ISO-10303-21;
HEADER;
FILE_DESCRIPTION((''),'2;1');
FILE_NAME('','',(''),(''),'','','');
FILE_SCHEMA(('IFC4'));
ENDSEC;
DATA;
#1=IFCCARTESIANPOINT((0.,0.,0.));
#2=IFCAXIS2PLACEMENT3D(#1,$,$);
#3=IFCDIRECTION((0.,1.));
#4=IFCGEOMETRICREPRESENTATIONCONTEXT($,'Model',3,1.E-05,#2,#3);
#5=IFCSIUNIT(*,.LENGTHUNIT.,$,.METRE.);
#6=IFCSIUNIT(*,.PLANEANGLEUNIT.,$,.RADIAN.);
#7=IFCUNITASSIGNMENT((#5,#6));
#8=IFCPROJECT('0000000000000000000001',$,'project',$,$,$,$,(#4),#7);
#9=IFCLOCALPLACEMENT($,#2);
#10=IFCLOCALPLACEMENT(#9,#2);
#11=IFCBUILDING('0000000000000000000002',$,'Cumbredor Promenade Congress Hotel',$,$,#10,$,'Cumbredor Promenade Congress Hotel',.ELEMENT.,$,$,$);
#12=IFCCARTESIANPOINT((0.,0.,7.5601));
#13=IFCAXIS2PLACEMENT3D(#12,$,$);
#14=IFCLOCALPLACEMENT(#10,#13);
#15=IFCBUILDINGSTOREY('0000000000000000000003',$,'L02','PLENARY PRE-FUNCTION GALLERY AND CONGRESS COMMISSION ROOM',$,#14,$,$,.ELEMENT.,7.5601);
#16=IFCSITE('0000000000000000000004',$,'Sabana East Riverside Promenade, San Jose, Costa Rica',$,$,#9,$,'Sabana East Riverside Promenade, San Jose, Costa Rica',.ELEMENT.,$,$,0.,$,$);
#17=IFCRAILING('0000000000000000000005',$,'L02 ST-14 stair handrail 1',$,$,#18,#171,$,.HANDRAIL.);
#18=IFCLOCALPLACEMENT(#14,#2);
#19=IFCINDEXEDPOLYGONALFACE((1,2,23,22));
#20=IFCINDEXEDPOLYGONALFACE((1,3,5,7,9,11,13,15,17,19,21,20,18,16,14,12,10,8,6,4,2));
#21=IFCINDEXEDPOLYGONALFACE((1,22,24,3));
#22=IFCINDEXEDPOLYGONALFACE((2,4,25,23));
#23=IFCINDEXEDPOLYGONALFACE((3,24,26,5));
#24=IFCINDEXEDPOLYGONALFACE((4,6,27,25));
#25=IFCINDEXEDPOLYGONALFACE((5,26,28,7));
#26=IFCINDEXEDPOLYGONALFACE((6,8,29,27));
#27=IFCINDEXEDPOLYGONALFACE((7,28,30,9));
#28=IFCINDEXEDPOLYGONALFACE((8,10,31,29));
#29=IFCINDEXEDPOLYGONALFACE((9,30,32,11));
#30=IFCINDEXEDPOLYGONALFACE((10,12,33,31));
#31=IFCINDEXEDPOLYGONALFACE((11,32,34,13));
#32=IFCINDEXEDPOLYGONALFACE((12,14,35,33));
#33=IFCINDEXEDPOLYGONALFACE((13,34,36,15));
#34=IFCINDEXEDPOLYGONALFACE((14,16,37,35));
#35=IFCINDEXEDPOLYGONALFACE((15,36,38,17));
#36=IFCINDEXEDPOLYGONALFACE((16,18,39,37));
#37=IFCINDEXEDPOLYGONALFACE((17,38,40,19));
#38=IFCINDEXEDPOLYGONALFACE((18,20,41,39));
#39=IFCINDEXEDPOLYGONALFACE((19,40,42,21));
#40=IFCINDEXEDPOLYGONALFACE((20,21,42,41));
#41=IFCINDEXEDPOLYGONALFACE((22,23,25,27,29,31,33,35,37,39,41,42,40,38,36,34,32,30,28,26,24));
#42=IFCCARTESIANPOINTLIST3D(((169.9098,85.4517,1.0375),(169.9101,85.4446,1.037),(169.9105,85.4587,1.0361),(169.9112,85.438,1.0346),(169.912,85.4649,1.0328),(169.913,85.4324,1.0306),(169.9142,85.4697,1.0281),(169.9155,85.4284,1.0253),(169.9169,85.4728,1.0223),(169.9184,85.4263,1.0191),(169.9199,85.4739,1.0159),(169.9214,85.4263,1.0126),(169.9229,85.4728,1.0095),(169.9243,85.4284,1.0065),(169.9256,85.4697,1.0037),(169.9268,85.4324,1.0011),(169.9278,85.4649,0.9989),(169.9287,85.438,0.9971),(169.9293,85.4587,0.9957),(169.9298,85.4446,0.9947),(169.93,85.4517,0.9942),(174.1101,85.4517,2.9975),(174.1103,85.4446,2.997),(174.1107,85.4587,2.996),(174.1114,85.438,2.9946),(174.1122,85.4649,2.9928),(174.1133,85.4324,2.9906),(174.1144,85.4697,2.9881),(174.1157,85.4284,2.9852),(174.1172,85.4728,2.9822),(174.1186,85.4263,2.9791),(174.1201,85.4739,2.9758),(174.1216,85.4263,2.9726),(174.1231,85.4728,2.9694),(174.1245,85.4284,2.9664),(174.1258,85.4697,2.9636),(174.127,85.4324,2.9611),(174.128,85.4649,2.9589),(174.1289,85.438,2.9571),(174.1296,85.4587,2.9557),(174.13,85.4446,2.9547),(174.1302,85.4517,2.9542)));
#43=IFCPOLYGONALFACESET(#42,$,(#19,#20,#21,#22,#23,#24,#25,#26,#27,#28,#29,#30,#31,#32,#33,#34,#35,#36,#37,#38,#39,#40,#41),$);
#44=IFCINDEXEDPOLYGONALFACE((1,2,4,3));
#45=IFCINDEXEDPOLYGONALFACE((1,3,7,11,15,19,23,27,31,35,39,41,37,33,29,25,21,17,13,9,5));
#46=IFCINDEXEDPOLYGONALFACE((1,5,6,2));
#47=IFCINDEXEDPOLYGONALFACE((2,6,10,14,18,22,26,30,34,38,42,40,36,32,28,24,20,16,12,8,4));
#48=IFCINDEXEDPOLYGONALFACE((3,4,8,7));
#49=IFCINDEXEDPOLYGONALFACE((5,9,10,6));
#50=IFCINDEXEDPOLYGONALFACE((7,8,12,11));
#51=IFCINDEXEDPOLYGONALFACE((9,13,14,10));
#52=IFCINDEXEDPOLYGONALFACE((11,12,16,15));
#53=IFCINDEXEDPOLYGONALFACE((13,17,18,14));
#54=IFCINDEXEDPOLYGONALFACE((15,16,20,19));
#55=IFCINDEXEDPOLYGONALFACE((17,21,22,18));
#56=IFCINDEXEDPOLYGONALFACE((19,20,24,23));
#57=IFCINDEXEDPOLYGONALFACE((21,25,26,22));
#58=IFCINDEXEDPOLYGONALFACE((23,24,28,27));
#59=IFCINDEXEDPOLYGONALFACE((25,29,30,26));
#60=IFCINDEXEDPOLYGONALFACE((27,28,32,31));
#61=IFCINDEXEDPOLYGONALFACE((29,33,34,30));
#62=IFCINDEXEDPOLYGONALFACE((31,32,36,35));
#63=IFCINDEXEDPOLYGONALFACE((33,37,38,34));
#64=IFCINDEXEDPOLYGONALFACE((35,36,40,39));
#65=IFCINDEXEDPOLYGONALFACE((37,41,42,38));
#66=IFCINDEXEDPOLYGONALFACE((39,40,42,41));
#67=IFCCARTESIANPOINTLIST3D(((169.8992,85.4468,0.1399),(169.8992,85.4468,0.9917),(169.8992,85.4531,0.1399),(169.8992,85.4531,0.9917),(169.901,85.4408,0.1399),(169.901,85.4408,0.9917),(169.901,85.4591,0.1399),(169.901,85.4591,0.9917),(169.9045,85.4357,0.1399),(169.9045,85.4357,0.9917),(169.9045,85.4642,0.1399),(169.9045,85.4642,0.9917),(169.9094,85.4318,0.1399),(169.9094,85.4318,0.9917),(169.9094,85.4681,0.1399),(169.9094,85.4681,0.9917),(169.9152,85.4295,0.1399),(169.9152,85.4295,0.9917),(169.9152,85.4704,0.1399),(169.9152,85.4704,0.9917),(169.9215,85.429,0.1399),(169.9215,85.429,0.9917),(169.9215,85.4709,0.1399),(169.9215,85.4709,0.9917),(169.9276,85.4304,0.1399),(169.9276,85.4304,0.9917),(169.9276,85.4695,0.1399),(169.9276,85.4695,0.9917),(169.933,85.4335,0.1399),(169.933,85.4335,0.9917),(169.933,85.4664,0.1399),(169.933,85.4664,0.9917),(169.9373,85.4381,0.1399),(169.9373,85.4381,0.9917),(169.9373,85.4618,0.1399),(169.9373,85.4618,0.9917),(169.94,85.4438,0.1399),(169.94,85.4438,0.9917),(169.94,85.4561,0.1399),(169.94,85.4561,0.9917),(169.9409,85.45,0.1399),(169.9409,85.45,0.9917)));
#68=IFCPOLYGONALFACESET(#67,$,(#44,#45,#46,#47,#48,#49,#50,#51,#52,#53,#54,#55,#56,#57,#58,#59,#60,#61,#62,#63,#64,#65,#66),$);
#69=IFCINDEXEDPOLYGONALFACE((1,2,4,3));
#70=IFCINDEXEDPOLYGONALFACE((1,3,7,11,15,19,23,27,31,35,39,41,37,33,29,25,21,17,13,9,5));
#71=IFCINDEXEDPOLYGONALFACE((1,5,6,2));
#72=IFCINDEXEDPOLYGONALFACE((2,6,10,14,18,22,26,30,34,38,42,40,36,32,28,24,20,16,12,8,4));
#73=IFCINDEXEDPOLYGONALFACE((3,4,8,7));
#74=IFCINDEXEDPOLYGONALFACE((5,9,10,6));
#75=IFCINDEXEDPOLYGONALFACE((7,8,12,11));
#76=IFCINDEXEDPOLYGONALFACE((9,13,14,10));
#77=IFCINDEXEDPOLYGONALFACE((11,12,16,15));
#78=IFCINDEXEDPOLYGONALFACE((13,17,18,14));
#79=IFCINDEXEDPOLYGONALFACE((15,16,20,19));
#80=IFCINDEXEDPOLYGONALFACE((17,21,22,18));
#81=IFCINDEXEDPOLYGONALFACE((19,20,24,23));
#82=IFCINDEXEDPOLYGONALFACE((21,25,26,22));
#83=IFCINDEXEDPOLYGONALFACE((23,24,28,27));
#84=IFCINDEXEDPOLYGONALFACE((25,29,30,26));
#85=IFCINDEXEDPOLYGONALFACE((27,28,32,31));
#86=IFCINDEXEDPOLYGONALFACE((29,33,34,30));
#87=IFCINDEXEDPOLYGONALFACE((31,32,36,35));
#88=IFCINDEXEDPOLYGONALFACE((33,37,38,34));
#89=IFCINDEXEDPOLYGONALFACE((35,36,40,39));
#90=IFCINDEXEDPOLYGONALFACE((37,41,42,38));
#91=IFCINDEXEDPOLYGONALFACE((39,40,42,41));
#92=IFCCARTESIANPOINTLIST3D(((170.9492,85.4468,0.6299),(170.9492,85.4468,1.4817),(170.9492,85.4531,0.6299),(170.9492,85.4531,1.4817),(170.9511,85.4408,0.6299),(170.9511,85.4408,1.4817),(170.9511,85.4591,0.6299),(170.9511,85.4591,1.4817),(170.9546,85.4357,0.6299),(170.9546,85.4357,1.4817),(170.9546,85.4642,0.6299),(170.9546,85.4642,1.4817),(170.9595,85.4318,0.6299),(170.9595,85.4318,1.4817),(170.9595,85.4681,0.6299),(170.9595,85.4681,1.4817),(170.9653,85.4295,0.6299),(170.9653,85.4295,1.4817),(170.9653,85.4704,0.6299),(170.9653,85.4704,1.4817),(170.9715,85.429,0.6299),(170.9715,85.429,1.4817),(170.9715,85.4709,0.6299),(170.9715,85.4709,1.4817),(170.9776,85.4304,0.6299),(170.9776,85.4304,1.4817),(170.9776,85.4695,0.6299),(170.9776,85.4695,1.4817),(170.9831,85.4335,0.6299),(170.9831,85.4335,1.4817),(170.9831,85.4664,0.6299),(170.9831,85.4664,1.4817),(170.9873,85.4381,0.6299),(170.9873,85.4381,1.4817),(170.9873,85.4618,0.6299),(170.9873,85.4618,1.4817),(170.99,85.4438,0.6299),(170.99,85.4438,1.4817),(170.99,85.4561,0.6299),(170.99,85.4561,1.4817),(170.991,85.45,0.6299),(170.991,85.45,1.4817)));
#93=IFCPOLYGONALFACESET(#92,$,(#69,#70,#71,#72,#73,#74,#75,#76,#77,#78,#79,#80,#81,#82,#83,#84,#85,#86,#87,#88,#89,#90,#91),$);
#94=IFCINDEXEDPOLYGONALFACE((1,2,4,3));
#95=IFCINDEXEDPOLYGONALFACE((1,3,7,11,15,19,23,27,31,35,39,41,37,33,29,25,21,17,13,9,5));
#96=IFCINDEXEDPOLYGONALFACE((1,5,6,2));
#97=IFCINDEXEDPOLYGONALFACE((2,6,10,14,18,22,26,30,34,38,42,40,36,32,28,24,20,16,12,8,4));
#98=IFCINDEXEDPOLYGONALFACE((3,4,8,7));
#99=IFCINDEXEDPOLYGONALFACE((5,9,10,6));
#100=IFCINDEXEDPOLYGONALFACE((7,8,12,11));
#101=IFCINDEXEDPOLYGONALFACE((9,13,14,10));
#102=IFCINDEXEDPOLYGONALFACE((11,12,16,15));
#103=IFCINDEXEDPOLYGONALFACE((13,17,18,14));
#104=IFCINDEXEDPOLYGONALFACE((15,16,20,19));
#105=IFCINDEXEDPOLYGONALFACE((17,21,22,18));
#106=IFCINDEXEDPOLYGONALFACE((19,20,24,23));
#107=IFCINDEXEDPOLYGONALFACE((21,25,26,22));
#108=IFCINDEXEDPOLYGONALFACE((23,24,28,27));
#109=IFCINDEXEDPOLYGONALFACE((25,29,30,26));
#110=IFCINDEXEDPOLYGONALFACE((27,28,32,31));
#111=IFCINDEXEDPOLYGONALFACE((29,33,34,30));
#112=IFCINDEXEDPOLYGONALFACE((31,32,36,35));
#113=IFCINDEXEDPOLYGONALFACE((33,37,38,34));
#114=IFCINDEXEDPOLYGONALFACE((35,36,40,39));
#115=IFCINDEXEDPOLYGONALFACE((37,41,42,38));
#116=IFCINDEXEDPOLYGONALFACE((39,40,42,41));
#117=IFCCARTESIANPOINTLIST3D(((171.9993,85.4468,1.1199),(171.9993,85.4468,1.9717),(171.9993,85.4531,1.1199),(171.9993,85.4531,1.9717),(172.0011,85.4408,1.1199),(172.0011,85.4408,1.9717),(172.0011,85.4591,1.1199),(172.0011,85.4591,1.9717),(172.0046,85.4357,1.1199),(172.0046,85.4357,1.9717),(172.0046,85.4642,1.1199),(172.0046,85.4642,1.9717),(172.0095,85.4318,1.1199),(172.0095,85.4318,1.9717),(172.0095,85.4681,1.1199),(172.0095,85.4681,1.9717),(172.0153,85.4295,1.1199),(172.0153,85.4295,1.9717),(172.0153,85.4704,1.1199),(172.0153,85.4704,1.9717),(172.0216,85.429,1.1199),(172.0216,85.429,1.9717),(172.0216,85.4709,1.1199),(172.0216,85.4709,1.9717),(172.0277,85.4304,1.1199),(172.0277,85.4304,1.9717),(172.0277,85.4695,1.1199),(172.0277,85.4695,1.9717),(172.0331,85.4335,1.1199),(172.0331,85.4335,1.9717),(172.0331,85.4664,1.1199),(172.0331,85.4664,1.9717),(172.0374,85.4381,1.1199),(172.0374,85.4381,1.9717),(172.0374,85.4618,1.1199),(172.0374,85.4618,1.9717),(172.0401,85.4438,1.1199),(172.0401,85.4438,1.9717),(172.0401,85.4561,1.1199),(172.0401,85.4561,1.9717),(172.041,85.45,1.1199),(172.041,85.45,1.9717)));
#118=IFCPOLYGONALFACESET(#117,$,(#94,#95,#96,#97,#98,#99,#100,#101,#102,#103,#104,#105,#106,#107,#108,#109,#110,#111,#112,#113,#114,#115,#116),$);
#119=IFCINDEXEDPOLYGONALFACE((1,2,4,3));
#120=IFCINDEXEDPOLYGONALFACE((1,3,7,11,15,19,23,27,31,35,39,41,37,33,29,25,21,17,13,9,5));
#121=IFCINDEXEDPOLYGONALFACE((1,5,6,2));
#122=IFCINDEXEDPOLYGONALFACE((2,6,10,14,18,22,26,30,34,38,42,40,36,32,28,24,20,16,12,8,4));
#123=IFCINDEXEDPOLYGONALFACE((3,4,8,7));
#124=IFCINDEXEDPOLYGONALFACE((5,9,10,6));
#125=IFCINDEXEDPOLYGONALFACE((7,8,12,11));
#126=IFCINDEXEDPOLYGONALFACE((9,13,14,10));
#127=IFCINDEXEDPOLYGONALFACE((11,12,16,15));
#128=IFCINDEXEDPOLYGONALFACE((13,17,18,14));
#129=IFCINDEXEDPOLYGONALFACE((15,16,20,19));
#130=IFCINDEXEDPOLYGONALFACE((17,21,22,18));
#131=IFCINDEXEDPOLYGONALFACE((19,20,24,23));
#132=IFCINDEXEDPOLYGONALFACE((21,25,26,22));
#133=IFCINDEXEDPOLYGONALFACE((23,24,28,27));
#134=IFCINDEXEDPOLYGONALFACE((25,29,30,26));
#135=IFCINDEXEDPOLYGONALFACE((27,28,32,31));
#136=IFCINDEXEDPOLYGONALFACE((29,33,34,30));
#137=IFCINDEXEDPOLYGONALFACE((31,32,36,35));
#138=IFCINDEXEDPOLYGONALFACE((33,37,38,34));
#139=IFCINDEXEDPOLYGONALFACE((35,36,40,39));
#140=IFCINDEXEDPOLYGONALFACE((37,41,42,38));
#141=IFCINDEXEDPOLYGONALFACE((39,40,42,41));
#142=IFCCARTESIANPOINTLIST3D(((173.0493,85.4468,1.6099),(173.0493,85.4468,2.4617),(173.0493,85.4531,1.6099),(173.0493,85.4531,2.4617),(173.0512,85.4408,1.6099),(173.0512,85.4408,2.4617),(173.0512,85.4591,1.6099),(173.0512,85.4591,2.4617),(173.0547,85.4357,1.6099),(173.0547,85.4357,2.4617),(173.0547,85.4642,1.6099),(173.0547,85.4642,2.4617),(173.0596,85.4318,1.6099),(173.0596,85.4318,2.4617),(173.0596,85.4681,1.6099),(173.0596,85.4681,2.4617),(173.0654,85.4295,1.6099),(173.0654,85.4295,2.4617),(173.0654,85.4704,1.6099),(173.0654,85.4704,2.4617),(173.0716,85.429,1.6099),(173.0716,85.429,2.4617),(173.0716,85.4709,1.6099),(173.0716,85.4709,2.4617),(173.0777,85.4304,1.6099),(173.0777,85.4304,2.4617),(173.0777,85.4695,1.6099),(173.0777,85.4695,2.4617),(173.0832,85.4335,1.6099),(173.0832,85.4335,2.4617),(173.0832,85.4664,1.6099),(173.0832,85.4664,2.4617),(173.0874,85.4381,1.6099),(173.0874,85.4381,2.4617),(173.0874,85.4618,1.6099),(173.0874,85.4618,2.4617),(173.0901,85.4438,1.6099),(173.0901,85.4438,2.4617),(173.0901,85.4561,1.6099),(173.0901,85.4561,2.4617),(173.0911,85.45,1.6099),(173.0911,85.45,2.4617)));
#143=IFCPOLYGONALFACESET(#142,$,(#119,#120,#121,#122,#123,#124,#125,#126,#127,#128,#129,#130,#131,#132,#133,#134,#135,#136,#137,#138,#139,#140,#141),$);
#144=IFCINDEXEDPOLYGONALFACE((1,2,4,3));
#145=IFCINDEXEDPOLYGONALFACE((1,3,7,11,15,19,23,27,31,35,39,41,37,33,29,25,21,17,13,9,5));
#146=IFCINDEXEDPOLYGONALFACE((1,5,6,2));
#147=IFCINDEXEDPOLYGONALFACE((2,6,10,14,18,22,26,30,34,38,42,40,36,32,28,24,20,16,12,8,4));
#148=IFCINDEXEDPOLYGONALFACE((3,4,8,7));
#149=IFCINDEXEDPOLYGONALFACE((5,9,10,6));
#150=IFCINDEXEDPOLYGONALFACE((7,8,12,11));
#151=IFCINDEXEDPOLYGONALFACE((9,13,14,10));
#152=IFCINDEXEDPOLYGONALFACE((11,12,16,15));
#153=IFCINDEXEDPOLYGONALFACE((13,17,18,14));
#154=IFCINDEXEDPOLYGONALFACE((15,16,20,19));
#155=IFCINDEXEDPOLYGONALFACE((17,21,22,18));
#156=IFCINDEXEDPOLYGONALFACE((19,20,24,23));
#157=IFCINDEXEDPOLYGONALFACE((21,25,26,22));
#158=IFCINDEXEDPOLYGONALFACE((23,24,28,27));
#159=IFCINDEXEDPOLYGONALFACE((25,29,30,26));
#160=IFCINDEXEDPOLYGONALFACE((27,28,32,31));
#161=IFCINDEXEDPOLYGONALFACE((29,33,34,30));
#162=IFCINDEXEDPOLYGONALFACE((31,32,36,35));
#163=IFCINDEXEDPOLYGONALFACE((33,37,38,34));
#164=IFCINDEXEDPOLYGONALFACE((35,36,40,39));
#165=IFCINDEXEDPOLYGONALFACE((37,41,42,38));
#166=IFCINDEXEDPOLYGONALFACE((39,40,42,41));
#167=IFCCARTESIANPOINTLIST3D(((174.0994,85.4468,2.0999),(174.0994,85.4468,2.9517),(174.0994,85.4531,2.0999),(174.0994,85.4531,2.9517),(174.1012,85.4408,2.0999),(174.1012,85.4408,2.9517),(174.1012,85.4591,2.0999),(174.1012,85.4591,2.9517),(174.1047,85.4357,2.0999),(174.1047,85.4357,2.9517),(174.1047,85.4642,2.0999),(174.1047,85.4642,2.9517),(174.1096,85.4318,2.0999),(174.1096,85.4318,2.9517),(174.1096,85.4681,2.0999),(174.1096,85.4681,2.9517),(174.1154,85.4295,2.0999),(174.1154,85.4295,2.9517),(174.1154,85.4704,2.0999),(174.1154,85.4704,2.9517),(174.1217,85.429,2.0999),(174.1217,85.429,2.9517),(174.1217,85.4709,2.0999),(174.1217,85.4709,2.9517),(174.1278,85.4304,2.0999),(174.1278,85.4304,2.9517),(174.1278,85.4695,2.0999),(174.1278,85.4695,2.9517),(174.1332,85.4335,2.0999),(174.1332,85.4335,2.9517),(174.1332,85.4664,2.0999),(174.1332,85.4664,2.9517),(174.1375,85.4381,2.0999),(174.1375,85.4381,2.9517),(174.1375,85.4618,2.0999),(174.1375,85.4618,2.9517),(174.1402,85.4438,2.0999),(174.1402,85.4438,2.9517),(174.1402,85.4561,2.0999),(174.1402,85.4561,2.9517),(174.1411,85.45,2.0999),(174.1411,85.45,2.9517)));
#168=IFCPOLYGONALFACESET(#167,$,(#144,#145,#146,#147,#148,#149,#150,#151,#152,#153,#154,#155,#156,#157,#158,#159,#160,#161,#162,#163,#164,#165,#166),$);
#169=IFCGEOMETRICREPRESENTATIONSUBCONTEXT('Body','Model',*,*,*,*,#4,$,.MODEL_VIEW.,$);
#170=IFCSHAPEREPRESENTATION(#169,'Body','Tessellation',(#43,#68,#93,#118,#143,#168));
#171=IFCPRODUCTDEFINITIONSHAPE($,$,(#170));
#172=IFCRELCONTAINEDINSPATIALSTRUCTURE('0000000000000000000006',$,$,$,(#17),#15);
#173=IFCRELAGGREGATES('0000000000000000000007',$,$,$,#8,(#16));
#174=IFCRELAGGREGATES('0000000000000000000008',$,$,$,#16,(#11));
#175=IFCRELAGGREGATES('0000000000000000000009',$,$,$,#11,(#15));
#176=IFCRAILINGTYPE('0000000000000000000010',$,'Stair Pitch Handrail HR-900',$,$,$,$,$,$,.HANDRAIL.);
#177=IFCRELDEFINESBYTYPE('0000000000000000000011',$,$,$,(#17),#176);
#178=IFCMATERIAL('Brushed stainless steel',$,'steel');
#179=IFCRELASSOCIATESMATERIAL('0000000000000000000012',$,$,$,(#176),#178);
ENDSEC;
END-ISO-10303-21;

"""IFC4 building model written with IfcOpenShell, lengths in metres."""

from ifc_helpers import new_model, si_unit, direction, frame, origin, origin_2d, place, context, subcontext, project, spatial, circle, extrude, material, type_object, element, save


model = new_model("IFC4")

# Units and contexts
model_context = context("Model", 3, precision=1e-05, world=origin(), true_north=direction((0.0, 1.0)))
body_context = subcontext(model_context, "Body", "Model", "MODEL_VIEW")
ifc_project = project(units=[si_unit("LENGTHUNIT", "METRE"), si_unit("PLANEANGLEUNIT", "RADIAN")], contexts=[model_context])

# Site, building, storey
site_placement = place(None, origin())
site = spatial("IfcSite", under=ifc_project, at=site_placement, Name="Sabana East Riverside Promenade, San Jose, Costa Rica", LongName="Sabana East Riverside Promenade, San Jose, Costa Rica", CompositionType="ELEMENT", RefElevation=0.0)
building_placement = place(site_placement, origin())
building = spatial("IfcBuilding", under=site, at=building_placement, Name="Cumbredor Promenade Congress Hotel", LongName="Cumbredor Promenade Congress Hotel", CompositionType="ELEMENT")
storey_placement = place(building_placement, frame((0.0, 0.0, 7.5601)))
storey = spatial("IfcBuildingStorey", under=building, at=storey_placement, Name="L02", Description="PLENARY PRE-FUNCTION GALLERY AND CONGRESS COMMISSION ROOM", CompositionType="ELEMENT", Elevation=7.5601)

# Railing
ifc_material_1 = material(Name="Brushed stainless steel", Category="steel")
railing_type_1 = type_object("IfcRailingType", Name="Stair Pitch Handrail HR-900", PredefinedType="HANDRAIL", material=ifc_material_1)
railing_1_placement = place(storey_placement, frame((169.9199, 85.45, 0.1399)))
element("IfcRailing", 1, at=railing_1_placement, inside=storey, type_object=railing_type_1, Name="L02 ST-14 stair handrail 1", PredefinedType="HANDRAIL", context=body_context, shape_type="SweptSolid", body=[
    extrude(circle(Radius=0.0239, at=origin_2d()), frame((0.0, 0.0, 0.876), z_axis=(0.906194, 0.0, 0.422862), x_axis=(0.0, 1.0, 0.0)), (0.0, 0.0, 1.0), 4.635),
    extrude(circle(Radius=0.021, at=origin_2d()), origin(), (0.0, 0.0, 1.0), 0.8518),
    extrude(circle(Radius=0.021, at=origin_2d()), frame((1.05, 0.0, 0.49)), (0.0, 0.0, 1.0), 0.8518),
    extrude(circle(Radius=0.021, at=origin_2d()), frame((2.1001, 0.0, 0.98)), (0.0, 0.0, 1.0), 0.8518),
    extrude(circle(Radius=0.021, at=origin_2d()), frame((3.1501, 0.0, 1.47)), (0.0, 0.0, 1.0), 0.8518),
    extrude(circle(Radius=0.021, at=origin_2d()), frame((4.2002, 0.0, 1.96)), (0.0, 0.0, 1.0), 0.8518),
])

save(model, "model.ifc")
